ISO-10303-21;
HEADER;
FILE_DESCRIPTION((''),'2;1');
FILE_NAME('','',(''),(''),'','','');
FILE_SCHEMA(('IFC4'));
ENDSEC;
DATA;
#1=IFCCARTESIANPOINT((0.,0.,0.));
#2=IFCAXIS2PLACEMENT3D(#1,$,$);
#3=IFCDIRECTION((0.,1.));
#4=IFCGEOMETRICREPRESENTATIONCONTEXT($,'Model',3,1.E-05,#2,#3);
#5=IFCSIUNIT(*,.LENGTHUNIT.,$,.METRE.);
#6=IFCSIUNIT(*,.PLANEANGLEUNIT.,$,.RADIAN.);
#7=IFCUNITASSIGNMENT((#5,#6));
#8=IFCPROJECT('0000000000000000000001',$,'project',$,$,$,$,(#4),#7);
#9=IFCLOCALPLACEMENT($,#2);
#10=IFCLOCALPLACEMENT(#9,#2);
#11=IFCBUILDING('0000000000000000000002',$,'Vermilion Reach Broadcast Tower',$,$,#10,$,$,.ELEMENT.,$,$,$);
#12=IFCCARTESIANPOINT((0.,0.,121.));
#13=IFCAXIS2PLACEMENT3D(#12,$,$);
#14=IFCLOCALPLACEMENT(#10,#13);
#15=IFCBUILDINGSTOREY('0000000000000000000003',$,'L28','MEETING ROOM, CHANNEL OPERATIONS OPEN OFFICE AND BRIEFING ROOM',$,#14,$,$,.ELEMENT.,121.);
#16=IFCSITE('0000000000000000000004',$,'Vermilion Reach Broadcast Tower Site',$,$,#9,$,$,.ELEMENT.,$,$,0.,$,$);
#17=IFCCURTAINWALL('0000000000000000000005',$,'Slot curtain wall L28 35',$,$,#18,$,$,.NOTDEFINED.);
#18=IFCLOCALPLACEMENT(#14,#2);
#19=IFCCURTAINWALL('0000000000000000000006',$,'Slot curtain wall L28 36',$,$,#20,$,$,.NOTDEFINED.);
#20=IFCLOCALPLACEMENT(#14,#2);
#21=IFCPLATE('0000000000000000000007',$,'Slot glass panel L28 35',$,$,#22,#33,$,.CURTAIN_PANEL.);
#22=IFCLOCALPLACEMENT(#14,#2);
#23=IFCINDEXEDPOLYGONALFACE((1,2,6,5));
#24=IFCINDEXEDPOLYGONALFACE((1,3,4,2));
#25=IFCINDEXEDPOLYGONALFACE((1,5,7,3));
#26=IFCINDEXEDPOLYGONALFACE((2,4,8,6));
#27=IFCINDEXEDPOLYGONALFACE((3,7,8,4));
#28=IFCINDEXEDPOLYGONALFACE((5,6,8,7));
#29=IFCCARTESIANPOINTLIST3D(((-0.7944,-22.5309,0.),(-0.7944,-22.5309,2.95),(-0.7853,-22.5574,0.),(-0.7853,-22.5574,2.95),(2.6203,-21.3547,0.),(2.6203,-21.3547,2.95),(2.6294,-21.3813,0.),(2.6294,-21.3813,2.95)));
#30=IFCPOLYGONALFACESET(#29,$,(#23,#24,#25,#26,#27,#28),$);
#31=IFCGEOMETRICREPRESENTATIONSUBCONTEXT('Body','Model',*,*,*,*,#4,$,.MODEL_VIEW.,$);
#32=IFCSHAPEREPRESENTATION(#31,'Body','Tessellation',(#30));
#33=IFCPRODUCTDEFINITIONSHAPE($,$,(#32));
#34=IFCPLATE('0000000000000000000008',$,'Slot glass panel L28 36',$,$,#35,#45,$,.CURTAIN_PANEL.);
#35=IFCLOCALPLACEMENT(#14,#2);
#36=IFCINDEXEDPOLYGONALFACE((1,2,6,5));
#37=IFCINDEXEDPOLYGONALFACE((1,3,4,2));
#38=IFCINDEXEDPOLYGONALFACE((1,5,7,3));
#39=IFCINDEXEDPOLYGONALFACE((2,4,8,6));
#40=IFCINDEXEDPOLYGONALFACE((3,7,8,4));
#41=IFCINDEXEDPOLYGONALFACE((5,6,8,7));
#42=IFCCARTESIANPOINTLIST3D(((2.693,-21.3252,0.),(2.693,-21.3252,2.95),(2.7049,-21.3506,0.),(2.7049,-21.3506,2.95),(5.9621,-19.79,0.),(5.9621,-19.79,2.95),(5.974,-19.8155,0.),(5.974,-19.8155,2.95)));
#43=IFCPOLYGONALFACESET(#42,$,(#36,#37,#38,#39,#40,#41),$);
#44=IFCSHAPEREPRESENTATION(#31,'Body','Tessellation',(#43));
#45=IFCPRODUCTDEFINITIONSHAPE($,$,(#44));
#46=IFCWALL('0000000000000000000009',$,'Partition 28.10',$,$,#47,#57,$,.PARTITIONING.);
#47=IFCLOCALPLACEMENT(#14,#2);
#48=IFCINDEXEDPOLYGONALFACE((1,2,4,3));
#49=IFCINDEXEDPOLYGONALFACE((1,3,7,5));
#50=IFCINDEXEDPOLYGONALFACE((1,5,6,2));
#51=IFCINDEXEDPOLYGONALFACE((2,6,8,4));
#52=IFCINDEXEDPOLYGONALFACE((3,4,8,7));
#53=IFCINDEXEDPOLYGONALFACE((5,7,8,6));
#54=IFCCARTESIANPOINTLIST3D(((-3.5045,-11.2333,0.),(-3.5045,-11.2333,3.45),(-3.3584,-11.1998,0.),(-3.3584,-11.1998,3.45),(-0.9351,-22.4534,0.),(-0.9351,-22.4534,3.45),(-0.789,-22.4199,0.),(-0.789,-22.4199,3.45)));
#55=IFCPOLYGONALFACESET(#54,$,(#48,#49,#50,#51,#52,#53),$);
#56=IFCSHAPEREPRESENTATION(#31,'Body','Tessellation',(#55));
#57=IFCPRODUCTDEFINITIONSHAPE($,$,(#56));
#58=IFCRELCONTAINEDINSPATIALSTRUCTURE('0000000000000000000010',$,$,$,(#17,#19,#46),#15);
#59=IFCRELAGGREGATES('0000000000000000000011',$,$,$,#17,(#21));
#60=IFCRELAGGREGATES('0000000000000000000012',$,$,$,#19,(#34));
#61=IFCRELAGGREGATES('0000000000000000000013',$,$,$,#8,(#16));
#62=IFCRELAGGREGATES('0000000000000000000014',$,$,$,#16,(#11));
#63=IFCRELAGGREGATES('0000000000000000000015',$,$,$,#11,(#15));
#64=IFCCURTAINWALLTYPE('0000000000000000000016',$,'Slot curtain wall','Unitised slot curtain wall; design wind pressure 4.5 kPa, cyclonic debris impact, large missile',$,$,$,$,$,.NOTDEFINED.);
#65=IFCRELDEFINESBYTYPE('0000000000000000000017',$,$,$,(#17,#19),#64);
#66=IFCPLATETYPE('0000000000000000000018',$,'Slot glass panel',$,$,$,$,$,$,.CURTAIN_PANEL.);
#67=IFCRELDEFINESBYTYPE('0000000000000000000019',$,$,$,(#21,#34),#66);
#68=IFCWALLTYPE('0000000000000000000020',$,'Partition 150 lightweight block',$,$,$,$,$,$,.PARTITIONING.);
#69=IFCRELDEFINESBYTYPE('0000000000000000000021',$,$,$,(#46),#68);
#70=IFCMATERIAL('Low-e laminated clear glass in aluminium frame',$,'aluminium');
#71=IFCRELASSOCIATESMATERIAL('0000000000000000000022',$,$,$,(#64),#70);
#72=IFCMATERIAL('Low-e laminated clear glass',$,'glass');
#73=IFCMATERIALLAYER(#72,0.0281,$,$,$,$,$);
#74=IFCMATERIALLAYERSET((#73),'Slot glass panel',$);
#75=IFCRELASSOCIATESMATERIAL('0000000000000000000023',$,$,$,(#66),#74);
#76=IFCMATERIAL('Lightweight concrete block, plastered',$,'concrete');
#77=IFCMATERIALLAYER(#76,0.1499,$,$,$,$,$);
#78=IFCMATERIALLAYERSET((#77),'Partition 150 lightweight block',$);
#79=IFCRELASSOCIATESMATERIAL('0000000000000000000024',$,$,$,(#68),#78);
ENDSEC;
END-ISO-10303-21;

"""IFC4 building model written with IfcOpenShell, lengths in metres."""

from ifc_helpers import new_model, si_unit, direction, frame, frame_2d, origin, origin_2d, place, context, subcontext, project, spatial, rectangle, extrude, material, layer, layer_set, type_object, element, aggregate, save


model = new_model("IFC4")

# Units and contexts
model_context = context("Model", 3, precision=1e-05, world=origin(), true_north=direction((0.0, 1.0)))
body_context = subcontext(model_context, "Body", "Model", "MODEL_VIEW")
ifc_project = project(units=[si_unit("LENGTHUNIT", "METRE"), si_unit("PLANEANGLEUNIT", "RADIAN")], contexts=[model_context])

# Site, building, storey
site_placement = place(None, origin())
site = spatial("IfcSite", under=ifc_project, at=site_placement, Name="Vermilion Reach Broadcast Tower Site", CompositionType="ELEMENT", RefElevation=0.0)
building_placement = place(site_placement, origin())
building = spatial("IfcBuilding", under=site, at=building_placement, Name="Vermilion Reach Broadcast Tower", CompositionType="ELEMENT")
storey_placement = place(building_placement, frame((0.0, 0.0, 121.0)))
storey = spatial("IfcBuildingStorey", under=building, at=storey_placement, Name="L28", Description="MEETING ROOM, CHANNEL OPERATIONS OPEN OFFICE AND BRIEFING ROOM", CompositionType="ELEMENT", Elevation=121.0)

# Curtain walls
ifc_material_1 = material(Name="Low-e laminated clear glass in aluminium frame", Category="aluminium")
curtain_wall_type = type_object("IfcCurtainWallType", Name="Slot curtain wall", Description="Unitised slot curtain wall; design wind pressure 4.5 kPa, cyclonic debris impact, large missile", PredefinedType="NOTDEFINED", material=ifc_material_1)
placement = place(storey_placement, origin())
curtain_wall_1 = element("IfcCurtainWall", 1, at=placement, inside=storey, type_object=curtain_wall_type, Name="Slot curtain wall L28 35", PredefinedType="NOTDEFINED")
curtain_wall_2 = element("IfcCurtainWall", 2, at=placement, inside=storey, type_object=curtain_wall_type, Name="Slot curtain wall L28 36", PredefinedType="NOTDEFINED")

# Plates
ifc_material_2 = material(Name="Low-e laminated clear glass", Category="glass")
ifc_layer_1 = layer(ifc_material_2, 0.0281)
ifc_layer_set_1 = layer_set([ifc_layer_1], Name="Slot glass panel")
plate_type = type_object("IfcPlateType", Name="Slot glass panel", PredefinedType="CURTAIN_PANEL", material=ifc_layer_set_1)
plate_1_placement = place(storey_placement, frame((0.9175, -21.9561, 0.0), z_axis=(0.0, 0.0, 1.0), x_axis=(0.945486, 0.325662, 0.0)))
plate_1 = element("IfcPlate", 3, at=plate_1_placement, type_object=plate_type, Name="Slot glass panel L28 35", PredefinedType="CURTAIN_PANEL", context=body_context, shape_type="SweptSolid", body=[
    extrude(rectangle(XDim=3.6116, YDim=0.0281, at=origin_2d()), origin(), (0.0, 0.0, 1.0), 2.95),
])
aggregate(curtain_wall_1, [plate_1])
plate_2_placement = place(storey_placement, frame((4.3335, -20.5703, 0.0), z_axis=(0.0, 0.0, 1.0), x_axis=(0.905166, 0.425058, 0.0)))
plate_2 = element("IfcPlate", 4, at=plate_2_placement, type_object=plate_type, Name="Slot glass panel L28 36", PredefinedType="CURTAIN_PANEL", context=body_context, shape_type="SweptSolid", body=[
    extrude(rectangle(XDim=3.6116, YDim=0.0281, at=origin_2d()), origin(), (0.0, 0.0, 1.0), 2.95),
])
aggregate(curtain_wall_2, [plate_2])

# Wall
ifc_material_3 = material(Name="Lightweight concrete block, plastered", Category="concrete")
ifc_layer_2 = layer(ifc_material_3, 0.1499)
ifc_layer_set_2 = layer_set([ifc_layer_2], Name="Partition 150 lightweight block")
wall_type = type_object("IfcWallType", Name="Partition 150 lightweight block", PredefinedType="PARTITIONING", material=ifc_layer_set_2)
wall_placement = place(storey_placement, frame((-0.8621, -22.4368, 0.0), z_axis=(0.0, 0.0, 1.0), x_axis=(-0.223219, 0.974768, 0.0)))
element("IfcWall", 5, at=wall_placement, inside=storey, type_object=wall_type, Name="Partition 28.10", PredefinedType="PARTITIONING", context=body_context, shape_type="SweptSolid", body=[
    extrude(rectangle(XDim=11.5105, YDim=0.1499, at=frame_2d((5.7554, 0.0))), origin(), (0.0, 0.0, 1.0), 3.45),
])

save(model, "model.ifc")
